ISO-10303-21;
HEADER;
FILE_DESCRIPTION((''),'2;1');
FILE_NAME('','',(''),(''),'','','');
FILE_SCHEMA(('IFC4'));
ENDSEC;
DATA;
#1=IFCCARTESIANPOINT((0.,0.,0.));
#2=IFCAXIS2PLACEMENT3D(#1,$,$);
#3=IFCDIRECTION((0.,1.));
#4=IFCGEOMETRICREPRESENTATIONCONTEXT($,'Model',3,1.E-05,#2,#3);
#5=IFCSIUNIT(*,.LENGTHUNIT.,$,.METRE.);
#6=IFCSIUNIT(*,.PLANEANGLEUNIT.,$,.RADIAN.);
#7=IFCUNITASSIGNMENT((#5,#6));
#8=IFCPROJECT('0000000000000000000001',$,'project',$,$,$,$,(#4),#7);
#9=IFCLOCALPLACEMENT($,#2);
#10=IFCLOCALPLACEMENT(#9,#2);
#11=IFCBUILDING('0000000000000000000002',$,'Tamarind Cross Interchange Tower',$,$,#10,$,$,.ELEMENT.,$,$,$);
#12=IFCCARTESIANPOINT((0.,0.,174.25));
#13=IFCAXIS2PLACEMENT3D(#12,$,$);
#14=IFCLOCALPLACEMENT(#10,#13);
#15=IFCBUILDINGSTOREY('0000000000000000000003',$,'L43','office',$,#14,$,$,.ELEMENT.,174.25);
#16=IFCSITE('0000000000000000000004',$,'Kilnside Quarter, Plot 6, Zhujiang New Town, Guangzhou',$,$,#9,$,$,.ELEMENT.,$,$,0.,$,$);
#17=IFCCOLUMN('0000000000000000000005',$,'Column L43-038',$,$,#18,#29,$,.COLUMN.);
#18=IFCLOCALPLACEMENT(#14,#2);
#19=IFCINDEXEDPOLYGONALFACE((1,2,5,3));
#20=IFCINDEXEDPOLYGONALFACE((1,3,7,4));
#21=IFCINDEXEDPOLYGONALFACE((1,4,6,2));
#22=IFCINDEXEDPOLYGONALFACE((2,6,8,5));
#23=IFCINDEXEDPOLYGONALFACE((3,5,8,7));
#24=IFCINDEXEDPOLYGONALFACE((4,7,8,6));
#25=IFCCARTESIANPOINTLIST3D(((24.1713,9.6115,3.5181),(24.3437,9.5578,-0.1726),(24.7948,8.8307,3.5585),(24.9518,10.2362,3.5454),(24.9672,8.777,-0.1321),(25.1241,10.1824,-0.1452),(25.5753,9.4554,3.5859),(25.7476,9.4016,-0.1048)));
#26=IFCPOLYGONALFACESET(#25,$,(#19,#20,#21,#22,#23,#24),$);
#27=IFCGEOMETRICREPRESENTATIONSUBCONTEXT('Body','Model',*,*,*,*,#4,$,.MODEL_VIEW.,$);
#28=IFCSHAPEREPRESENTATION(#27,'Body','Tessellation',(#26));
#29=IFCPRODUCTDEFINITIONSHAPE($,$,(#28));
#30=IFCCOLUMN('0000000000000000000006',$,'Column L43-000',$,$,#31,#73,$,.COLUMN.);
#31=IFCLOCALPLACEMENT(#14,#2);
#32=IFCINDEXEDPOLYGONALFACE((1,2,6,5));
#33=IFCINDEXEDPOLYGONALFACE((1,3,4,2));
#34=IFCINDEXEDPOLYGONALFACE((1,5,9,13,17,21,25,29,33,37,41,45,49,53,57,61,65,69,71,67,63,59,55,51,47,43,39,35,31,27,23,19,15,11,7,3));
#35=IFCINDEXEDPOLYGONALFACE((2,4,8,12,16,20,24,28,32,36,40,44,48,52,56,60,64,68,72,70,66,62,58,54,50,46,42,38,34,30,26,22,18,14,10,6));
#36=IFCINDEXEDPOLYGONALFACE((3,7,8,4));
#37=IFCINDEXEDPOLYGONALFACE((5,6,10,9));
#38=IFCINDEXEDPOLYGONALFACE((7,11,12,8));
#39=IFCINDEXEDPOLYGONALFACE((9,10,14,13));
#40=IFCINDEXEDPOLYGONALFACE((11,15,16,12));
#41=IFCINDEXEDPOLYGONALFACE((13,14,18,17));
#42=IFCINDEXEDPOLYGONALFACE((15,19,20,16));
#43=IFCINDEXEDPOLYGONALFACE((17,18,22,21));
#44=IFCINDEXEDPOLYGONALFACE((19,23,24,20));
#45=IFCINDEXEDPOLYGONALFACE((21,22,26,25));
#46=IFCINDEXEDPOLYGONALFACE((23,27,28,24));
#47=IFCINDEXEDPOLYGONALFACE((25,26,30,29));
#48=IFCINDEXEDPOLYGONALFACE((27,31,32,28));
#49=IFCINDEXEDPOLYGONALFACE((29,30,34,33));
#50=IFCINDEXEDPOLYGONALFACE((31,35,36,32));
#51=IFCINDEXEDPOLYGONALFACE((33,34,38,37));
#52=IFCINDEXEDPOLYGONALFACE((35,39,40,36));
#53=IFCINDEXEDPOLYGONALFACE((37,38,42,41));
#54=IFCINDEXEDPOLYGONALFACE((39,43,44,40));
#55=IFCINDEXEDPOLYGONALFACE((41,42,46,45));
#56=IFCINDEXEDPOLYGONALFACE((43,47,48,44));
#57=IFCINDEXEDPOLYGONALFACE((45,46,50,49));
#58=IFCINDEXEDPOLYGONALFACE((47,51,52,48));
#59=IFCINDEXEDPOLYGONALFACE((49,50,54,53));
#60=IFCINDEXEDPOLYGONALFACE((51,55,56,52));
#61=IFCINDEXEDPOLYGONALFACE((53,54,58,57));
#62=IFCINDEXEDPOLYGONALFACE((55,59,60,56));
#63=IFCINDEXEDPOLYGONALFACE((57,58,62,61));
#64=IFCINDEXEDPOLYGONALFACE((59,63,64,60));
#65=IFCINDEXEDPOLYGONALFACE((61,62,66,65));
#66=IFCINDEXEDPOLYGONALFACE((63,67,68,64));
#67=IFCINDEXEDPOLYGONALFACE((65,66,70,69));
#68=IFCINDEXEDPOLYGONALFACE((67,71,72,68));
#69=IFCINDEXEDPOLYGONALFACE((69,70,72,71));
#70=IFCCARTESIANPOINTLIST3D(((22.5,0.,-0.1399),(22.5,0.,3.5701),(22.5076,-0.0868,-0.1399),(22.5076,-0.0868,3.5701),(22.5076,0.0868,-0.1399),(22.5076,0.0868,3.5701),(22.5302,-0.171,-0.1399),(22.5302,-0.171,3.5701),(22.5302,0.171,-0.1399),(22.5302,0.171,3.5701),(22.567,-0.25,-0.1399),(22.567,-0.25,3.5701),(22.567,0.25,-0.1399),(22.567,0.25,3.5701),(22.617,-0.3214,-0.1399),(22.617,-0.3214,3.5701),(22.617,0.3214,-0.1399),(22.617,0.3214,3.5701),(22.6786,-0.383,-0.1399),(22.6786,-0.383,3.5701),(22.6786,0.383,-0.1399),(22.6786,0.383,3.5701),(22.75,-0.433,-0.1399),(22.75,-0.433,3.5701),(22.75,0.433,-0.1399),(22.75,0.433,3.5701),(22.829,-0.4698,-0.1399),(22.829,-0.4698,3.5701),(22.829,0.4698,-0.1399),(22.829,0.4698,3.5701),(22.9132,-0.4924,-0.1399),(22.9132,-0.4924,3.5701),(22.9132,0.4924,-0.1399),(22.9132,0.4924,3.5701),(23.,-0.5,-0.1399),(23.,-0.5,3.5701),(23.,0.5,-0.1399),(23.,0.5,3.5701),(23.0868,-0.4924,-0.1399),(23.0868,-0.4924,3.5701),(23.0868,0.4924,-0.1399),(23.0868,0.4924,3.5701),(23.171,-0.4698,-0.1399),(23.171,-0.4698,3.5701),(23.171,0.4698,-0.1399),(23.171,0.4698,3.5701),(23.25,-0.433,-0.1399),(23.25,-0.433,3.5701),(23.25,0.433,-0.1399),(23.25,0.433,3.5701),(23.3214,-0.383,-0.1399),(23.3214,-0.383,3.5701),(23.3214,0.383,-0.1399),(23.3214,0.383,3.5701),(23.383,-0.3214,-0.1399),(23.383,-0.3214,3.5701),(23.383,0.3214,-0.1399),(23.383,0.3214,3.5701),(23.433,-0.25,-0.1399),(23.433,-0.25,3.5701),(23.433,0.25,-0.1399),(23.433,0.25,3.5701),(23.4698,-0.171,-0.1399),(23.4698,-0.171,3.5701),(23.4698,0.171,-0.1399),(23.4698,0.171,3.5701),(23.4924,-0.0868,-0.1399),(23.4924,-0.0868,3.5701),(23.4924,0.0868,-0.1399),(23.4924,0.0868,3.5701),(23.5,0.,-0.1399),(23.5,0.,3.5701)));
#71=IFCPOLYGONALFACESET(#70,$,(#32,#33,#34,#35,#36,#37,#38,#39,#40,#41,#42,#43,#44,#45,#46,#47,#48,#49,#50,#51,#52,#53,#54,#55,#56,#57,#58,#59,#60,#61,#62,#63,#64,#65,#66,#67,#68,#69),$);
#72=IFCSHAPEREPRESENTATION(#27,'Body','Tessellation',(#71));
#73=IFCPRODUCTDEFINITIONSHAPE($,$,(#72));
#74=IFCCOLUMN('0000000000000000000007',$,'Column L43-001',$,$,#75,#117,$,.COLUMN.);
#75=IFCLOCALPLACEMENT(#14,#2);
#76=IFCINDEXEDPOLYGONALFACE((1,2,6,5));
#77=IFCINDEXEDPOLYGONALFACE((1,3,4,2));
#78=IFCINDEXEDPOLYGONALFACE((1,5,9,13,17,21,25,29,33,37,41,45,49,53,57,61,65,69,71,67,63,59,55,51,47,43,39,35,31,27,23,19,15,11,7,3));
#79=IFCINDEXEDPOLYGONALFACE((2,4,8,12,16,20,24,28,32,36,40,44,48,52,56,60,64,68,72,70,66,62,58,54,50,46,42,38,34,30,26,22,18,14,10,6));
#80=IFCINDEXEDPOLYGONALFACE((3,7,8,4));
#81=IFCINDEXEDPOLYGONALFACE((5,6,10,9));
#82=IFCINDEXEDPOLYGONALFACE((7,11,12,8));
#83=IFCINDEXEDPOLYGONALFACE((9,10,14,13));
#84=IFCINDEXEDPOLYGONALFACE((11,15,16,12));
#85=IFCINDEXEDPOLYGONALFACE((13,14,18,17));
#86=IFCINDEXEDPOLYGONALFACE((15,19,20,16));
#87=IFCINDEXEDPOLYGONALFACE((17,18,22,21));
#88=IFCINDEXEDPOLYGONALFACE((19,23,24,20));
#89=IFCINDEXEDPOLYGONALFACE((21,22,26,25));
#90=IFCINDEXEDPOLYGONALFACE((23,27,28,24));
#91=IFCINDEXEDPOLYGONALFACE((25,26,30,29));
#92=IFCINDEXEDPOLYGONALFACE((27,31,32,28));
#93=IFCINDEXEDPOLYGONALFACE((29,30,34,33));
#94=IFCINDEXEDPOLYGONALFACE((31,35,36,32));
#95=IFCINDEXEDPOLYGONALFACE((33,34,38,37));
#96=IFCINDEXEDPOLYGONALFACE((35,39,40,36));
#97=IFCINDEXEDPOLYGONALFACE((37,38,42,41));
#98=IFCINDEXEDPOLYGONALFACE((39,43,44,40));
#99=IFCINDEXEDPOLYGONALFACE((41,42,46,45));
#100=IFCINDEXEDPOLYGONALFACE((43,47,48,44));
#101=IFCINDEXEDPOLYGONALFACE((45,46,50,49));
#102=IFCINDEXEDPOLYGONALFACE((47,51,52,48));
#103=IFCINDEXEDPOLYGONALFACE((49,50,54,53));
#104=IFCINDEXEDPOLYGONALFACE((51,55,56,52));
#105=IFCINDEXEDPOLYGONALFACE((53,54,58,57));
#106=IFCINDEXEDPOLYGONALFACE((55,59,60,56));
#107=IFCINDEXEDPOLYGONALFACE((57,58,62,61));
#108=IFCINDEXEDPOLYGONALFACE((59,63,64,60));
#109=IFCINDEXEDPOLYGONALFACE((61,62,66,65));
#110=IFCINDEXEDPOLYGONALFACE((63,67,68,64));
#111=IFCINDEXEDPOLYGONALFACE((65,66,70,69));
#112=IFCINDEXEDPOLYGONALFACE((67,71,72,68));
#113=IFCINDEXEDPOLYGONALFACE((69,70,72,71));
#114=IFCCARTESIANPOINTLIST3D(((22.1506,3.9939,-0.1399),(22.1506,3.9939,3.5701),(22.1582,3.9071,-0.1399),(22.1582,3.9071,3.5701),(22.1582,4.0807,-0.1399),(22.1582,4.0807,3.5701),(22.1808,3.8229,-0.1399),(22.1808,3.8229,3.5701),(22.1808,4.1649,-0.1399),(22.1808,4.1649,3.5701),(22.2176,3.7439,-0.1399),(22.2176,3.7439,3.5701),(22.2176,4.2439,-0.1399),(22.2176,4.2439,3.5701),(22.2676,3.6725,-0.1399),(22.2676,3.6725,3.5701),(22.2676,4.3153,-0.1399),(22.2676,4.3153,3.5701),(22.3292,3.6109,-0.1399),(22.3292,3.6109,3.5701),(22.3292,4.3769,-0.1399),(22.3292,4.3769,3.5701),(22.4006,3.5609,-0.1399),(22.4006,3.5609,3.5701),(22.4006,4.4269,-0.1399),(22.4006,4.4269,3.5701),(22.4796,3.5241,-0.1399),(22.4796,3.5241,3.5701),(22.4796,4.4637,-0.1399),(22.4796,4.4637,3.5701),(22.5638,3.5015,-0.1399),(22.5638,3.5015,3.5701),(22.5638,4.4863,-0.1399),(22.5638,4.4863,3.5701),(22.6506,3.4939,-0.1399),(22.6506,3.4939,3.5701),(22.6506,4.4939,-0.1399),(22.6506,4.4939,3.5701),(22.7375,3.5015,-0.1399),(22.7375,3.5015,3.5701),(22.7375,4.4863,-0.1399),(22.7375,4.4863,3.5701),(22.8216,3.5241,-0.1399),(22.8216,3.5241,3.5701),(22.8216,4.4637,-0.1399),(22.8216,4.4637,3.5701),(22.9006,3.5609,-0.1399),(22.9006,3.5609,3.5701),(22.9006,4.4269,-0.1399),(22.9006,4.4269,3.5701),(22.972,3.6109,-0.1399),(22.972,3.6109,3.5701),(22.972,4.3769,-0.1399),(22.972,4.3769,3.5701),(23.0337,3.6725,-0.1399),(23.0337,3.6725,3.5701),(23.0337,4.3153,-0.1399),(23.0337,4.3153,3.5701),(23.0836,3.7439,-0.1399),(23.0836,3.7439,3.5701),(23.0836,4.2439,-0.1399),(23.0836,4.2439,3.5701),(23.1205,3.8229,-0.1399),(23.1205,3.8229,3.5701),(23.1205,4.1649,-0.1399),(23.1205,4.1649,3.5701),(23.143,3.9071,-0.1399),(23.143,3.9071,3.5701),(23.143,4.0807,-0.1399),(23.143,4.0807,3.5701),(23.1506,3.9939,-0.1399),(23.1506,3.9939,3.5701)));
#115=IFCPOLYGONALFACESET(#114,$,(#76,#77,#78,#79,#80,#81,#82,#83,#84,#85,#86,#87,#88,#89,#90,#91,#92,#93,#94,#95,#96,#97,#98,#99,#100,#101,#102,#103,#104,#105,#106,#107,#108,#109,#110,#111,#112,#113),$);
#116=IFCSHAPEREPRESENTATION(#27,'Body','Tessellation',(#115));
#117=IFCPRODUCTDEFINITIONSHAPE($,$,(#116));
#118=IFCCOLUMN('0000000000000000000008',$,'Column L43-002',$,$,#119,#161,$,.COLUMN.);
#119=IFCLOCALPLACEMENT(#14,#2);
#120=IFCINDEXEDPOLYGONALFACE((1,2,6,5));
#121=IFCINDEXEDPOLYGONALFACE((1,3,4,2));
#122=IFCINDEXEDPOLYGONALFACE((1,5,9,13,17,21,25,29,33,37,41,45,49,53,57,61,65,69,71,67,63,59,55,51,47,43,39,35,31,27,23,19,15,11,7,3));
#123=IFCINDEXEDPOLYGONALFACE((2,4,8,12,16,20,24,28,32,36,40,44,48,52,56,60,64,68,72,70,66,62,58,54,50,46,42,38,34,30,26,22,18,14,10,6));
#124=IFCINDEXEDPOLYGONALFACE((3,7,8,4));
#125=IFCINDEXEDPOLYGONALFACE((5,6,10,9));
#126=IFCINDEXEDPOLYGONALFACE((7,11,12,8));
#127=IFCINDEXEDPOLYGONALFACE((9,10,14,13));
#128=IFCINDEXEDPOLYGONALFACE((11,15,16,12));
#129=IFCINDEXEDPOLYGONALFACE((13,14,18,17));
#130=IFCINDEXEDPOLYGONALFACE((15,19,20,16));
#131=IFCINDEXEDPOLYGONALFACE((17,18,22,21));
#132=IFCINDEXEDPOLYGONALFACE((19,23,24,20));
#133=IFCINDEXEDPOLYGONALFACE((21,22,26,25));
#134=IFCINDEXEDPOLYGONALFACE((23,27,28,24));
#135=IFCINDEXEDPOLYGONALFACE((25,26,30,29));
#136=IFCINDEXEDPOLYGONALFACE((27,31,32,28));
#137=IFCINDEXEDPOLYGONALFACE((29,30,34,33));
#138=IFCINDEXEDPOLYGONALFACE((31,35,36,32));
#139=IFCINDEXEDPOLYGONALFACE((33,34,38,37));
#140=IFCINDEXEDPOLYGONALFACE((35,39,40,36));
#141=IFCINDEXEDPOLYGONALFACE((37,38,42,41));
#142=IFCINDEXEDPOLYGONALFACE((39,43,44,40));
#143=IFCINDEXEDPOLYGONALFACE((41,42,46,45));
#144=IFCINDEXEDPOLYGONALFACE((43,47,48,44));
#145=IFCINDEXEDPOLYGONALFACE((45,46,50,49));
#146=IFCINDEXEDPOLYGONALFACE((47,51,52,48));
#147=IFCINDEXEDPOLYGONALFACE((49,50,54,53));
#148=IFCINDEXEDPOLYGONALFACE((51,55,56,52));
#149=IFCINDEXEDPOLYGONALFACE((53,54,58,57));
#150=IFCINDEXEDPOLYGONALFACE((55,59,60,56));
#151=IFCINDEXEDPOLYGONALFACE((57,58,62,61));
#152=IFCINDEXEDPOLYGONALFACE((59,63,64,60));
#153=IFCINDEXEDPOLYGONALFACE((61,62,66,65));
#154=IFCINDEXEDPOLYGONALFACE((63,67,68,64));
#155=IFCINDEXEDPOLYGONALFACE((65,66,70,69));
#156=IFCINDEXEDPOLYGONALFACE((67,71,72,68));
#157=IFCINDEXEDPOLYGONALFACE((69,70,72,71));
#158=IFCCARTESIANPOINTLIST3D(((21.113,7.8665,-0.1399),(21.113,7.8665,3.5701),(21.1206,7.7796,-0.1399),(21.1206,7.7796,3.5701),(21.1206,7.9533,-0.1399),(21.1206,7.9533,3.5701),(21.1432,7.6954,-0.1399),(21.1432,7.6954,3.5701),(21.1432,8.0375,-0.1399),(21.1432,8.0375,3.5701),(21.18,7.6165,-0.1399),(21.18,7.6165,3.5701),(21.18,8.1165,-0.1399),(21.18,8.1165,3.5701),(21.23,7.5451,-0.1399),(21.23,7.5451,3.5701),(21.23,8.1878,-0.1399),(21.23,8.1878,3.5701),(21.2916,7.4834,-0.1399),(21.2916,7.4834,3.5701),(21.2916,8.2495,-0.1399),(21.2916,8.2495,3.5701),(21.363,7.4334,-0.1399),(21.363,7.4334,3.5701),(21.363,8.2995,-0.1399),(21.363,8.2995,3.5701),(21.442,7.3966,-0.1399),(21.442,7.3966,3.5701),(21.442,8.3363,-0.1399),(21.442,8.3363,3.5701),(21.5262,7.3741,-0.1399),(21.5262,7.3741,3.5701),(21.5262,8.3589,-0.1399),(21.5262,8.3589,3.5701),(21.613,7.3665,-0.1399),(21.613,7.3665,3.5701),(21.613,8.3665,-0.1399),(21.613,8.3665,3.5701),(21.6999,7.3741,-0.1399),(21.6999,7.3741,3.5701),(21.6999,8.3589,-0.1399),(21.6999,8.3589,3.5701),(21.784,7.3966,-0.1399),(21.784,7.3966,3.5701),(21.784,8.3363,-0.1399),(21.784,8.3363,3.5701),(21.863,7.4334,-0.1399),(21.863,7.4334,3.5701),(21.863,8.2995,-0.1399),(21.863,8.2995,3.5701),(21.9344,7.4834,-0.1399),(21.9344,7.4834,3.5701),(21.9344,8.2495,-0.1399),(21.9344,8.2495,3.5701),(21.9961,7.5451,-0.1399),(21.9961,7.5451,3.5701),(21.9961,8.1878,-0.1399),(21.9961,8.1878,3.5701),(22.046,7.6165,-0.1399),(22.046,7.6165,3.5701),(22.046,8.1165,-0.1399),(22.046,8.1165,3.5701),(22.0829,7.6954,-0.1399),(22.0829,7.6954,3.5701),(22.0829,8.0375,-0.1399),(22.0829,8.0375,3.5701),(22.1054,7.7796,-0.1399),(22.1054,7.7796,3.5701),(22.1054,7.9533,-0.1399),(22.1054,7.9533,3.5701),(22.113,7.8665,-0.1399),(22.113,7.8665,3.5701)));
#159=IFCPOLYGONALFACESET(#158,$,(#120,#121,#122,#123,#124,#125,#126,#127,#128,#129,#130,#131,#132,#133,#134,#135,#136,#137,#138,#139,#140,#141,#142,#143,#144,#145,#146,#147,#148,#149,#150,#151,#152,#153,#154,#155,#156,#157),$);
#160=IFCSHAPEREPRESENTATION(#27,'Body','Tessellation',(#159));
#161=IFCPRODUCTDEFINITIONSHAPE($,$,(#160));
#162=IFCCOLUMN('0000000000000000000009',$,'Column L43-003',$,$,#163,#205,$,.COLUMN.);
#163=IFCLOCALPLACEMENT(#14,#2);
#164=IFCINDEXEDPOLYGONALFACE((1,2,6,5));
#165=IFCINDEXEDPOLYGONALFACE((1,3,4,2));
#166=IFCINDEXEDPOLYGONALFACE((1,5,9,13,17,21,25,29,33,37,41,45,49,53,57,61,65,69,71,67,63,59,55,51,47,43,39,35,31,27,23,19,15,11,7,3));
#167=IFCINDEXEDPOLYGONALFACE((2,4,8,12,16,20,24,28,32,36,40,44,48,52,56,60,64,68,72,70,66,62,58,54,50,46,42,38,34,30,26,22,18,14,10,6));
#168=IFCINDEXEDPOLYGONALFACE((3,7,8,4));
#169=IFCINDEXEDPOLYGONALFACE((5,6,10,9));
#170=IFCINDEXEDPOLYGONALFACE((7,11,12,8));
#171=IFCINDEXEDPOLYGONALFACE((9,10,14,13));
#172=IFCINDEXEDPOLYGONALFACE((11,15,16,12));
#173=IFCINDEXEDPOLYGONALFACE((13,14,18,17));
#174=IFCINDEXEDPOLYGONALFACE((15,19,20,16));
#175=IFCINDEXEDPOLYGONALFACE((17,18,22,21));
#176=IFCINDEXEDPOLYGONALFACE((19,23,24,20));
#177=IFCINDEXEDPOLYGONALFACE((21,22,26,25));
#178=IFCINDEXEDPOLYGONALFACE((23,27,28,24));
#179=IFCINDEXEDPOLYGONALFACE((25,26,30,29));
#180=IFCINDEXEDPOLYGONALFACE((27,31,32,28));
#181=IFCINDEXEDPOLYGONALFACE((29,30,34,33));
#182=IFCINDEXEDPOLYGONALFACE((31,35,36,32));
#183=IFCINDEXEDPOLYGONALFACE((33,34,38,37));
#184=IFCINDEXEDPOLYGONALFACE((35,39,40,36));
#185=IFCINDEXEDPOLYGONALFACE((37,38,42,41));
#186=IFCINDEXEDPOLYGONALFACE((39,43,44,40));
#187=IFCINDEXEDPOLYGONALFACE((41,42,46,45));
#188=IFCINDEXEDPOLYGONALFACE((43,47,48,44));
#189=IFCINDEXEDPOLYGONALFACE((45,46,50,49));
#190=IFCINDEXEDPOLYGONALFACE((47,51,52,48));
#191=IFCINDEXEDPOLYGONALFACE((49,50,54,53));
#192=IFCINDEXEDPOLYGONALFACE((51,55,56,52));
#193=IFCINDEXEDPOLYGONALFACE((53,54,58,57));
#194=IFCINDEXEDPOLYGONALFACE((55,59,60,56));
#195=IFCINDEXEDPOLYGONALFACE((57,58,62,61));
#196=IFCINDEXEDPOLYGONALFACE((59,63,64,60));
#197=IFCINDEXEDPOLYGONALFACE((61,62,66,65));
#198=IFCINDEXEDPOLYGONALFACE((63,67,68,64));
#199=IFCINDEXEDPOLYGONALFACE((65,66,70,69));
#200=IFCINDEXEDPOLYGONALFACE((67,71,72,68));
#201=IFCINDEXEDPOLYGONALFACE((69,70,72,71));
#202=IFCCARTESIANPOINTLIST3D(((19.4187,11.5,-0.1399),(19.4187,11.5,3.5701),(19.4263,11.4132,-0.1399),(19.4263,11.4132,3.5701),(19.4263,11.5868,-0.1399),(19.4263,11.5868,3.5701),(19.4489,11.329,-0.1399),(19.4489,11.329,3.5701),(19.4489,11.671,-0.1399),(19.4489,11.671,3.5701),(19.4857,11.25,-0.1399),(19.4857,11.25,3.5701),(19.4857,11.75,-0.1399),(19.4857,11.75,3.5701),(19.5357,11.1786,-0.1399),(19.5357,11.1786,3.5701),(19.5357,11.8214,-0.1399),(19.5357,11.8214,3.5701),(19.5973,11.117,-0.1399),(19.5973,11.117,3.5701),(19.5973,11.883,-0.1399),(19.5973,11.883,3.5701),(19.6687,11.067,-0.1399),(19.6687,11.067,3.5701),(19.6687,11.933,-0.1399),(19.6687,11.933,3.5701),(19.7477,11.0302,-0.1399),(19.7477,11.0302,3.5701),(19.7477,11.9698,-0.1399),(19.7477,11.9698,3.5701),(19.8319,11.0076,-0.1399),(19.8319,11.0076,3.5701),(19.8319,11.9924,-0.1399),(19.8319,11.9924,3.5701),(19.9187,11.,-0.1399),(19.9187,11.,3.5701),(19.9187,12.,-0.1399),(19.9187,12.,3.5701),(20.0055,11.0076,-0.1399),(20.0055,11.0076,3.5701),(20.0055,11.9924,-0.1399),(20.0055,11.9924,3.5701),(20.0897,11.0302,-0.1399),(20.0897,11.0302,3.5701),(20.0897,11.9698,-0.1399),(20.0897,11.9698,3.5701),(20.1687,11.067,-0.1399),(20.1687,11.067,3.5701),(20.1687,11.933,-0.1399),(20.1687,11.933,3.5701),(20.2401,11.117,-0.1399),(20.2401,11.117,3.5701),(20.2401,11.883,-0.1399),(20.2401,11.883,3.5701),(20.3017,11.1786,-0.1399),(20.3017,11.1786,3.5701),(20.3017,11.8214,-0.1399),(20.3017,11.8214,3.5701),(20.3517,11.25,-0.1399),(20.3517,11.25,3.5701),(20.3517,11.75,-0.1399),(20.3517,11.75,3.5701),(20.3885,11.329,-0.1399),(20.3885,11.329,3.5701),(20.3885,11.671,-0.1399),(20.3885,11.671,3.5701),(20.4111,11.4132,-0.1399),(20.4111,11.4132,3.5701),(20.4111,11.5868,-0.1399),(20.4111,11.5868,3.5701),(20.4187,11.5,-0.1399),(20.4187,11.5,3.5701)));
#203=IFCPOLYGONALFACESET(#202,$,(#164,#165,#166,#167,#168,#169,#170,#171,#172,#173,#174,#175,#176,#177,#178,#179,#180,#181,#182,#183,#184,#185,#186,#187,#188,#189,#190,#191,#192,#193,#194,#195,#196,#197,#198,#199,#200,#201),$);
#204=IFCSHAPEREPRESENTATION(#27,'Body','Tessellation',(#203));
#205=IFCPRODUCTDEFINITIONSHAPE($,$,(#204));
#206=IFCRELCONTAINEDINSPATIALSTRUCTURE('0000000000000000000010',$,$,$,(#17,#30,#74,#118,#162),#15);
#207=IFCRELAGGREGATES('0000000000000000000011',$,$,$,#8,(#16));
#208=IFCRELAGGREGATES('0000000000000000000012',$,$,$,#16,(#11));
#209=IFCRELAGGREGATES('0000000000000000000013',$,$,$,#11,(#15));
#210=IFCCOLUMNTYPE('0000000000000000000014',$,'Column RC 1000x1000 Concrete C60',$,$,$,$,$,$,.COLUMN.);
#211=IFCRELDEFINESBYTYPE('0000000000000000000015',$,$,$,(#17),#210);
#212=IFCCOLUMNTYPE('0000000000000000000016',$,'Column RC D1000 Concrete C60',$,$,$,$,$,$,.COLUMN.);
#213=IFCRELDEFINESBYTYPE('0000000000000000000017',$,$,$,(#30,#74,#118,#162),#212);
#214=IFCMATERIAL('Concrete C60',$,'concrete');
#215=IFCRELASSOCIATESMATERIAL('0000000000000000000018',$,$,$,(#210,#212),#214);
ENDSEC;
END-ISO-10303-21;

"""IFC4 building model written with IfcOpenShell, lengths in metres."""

from ifc_helpers import new_model, si_unit, direction, frame, origin, origin_2d, place, context, subcontext, project, spatial, rectangle, circle, extrude, material, material_profile, profile_set, type_object, element, save


model = new_model("IFC4")

# Units and contexts
model_context = context("Model", 3, precision=1e-05, world=origin(), true_north=direction((0.0, 1.0)))
body_context = subcontext(model_context, "Body", "Model", "MODEL_VIEW")
ifc_project = project(units=[si_unit("LENGTHUNIT", "METRE"), si_unit("PLANEANGLEUNIT", "RADIAN")], contexts=[model_context])

# Site, building, storey
site_placement = place(None, origin())
site = spatial("IfcSite", under=ifc_project, at=site_placement, Name="Kilnside Quarter, Plot 6, Zhujiang New Town, Guangzhou", CompositionType="ELEMENT", RefElevation=0.0)
building_placement = place(site_placement, origin())
building = spatial("IfcBuilding", under=site, at=building_placement, Name="Tamarind Cross Interchange Tower", CompositionType="ELEMENT")
storey_placement = place(building_placement, frame((0.0, 0.0, 174.25)))
storey = spatial("IfcBuildingStorey", under=building, at=storey_placement, Name="L43", Description="office", CompositionType="ELEMENT", Elevation=174.25)

# Columns
ifc_material_1 = material(Name="Concrete C60", Category="concrete")
ifc_material_profile_1 = material_profile(ifc_material_1, rectangle(XDim=1.0, YDim=1.0, at=origin_2d()), Name="RC 1000x1000")
ifc_profile_set_1 = profile_set([ifc_material_profile_1], Name="Concrete C60")
column_type_1 = type_object("IfcColumnType", Name="Column RC 1000x1000 Concrete C60", PredefinedType="COLUMN", material=ifc_profile_set_1)
column_placement = place(storey_placement, frame((25.0457, 9.4797, -0.1387), z_axis=(-0.046647, 0.014536, 0.998806), x_axis=(0.623471, -0.780798, 0.040481)))
element("IfcColumn", 1, at=column_placement, inside=storey, type_object=column_type_1, Name="Column L43-038", PredefinedType="COLUMN", context=body_context, shape_type="SweptSolid", body=[
    extrude(rectangle(XDim=1.0, YDim=1.0, at=origin_2d()), origin(), (0.0, 0.0, 1.0), 3.6951),
])
ifc_material_profile_2 = material_profile(ifc_material_1, circle(Radius=0.5, at=origin_2d()), Name="RC D1000")
ifc_profile_set_2 = profile_set([ifc_material_profile_2], Name="Concrete C60")
column_type_2 = type_object("IfcColumnType", Name="Column RC D1000 Concrete C60", PredefinedType="COLUMN", material=ifc_profile_set_2)
for number, where, z_axis, x_axis, name in (
    (2, (23.0, 0.0, -0.1399), (0.0, 0.0, 1.0), (1.0, 0.0, 0.0), "Column L43-000"),
    (3, (22.6506, 3.9939, -0.1399), (0.0, 0.0, 1.0), (1.0, 0.0, 0.0), "Column L43-001"),
    (4, (21.613, 7.8665, -0.1399), (0.0, 0.0, 1.0), (1.0, 0.0, 0.0), "Column L43-002"),
    (5, (19.9187, 11.5, -0.1399), (0.0, 0.0, 1.0), (1.0, 0.0, 0.0), "Column L43-003"),
):
    element("IfcColumn", number, at=place(storey_placement, frame(where, z_axis=z_axis, x_axis=x_axis)), inside=storey, type_object=column_type_2, Name=name, PredefinedType="COLUMN", context=body_context, shape_type="SweptSolid", body=[
        extrude(circle(Radius=0.5, at=origin_2d()), origin(), (0.0, 0.0, 1.0), 3.71),
    ])

save(model, "model.ifc")
